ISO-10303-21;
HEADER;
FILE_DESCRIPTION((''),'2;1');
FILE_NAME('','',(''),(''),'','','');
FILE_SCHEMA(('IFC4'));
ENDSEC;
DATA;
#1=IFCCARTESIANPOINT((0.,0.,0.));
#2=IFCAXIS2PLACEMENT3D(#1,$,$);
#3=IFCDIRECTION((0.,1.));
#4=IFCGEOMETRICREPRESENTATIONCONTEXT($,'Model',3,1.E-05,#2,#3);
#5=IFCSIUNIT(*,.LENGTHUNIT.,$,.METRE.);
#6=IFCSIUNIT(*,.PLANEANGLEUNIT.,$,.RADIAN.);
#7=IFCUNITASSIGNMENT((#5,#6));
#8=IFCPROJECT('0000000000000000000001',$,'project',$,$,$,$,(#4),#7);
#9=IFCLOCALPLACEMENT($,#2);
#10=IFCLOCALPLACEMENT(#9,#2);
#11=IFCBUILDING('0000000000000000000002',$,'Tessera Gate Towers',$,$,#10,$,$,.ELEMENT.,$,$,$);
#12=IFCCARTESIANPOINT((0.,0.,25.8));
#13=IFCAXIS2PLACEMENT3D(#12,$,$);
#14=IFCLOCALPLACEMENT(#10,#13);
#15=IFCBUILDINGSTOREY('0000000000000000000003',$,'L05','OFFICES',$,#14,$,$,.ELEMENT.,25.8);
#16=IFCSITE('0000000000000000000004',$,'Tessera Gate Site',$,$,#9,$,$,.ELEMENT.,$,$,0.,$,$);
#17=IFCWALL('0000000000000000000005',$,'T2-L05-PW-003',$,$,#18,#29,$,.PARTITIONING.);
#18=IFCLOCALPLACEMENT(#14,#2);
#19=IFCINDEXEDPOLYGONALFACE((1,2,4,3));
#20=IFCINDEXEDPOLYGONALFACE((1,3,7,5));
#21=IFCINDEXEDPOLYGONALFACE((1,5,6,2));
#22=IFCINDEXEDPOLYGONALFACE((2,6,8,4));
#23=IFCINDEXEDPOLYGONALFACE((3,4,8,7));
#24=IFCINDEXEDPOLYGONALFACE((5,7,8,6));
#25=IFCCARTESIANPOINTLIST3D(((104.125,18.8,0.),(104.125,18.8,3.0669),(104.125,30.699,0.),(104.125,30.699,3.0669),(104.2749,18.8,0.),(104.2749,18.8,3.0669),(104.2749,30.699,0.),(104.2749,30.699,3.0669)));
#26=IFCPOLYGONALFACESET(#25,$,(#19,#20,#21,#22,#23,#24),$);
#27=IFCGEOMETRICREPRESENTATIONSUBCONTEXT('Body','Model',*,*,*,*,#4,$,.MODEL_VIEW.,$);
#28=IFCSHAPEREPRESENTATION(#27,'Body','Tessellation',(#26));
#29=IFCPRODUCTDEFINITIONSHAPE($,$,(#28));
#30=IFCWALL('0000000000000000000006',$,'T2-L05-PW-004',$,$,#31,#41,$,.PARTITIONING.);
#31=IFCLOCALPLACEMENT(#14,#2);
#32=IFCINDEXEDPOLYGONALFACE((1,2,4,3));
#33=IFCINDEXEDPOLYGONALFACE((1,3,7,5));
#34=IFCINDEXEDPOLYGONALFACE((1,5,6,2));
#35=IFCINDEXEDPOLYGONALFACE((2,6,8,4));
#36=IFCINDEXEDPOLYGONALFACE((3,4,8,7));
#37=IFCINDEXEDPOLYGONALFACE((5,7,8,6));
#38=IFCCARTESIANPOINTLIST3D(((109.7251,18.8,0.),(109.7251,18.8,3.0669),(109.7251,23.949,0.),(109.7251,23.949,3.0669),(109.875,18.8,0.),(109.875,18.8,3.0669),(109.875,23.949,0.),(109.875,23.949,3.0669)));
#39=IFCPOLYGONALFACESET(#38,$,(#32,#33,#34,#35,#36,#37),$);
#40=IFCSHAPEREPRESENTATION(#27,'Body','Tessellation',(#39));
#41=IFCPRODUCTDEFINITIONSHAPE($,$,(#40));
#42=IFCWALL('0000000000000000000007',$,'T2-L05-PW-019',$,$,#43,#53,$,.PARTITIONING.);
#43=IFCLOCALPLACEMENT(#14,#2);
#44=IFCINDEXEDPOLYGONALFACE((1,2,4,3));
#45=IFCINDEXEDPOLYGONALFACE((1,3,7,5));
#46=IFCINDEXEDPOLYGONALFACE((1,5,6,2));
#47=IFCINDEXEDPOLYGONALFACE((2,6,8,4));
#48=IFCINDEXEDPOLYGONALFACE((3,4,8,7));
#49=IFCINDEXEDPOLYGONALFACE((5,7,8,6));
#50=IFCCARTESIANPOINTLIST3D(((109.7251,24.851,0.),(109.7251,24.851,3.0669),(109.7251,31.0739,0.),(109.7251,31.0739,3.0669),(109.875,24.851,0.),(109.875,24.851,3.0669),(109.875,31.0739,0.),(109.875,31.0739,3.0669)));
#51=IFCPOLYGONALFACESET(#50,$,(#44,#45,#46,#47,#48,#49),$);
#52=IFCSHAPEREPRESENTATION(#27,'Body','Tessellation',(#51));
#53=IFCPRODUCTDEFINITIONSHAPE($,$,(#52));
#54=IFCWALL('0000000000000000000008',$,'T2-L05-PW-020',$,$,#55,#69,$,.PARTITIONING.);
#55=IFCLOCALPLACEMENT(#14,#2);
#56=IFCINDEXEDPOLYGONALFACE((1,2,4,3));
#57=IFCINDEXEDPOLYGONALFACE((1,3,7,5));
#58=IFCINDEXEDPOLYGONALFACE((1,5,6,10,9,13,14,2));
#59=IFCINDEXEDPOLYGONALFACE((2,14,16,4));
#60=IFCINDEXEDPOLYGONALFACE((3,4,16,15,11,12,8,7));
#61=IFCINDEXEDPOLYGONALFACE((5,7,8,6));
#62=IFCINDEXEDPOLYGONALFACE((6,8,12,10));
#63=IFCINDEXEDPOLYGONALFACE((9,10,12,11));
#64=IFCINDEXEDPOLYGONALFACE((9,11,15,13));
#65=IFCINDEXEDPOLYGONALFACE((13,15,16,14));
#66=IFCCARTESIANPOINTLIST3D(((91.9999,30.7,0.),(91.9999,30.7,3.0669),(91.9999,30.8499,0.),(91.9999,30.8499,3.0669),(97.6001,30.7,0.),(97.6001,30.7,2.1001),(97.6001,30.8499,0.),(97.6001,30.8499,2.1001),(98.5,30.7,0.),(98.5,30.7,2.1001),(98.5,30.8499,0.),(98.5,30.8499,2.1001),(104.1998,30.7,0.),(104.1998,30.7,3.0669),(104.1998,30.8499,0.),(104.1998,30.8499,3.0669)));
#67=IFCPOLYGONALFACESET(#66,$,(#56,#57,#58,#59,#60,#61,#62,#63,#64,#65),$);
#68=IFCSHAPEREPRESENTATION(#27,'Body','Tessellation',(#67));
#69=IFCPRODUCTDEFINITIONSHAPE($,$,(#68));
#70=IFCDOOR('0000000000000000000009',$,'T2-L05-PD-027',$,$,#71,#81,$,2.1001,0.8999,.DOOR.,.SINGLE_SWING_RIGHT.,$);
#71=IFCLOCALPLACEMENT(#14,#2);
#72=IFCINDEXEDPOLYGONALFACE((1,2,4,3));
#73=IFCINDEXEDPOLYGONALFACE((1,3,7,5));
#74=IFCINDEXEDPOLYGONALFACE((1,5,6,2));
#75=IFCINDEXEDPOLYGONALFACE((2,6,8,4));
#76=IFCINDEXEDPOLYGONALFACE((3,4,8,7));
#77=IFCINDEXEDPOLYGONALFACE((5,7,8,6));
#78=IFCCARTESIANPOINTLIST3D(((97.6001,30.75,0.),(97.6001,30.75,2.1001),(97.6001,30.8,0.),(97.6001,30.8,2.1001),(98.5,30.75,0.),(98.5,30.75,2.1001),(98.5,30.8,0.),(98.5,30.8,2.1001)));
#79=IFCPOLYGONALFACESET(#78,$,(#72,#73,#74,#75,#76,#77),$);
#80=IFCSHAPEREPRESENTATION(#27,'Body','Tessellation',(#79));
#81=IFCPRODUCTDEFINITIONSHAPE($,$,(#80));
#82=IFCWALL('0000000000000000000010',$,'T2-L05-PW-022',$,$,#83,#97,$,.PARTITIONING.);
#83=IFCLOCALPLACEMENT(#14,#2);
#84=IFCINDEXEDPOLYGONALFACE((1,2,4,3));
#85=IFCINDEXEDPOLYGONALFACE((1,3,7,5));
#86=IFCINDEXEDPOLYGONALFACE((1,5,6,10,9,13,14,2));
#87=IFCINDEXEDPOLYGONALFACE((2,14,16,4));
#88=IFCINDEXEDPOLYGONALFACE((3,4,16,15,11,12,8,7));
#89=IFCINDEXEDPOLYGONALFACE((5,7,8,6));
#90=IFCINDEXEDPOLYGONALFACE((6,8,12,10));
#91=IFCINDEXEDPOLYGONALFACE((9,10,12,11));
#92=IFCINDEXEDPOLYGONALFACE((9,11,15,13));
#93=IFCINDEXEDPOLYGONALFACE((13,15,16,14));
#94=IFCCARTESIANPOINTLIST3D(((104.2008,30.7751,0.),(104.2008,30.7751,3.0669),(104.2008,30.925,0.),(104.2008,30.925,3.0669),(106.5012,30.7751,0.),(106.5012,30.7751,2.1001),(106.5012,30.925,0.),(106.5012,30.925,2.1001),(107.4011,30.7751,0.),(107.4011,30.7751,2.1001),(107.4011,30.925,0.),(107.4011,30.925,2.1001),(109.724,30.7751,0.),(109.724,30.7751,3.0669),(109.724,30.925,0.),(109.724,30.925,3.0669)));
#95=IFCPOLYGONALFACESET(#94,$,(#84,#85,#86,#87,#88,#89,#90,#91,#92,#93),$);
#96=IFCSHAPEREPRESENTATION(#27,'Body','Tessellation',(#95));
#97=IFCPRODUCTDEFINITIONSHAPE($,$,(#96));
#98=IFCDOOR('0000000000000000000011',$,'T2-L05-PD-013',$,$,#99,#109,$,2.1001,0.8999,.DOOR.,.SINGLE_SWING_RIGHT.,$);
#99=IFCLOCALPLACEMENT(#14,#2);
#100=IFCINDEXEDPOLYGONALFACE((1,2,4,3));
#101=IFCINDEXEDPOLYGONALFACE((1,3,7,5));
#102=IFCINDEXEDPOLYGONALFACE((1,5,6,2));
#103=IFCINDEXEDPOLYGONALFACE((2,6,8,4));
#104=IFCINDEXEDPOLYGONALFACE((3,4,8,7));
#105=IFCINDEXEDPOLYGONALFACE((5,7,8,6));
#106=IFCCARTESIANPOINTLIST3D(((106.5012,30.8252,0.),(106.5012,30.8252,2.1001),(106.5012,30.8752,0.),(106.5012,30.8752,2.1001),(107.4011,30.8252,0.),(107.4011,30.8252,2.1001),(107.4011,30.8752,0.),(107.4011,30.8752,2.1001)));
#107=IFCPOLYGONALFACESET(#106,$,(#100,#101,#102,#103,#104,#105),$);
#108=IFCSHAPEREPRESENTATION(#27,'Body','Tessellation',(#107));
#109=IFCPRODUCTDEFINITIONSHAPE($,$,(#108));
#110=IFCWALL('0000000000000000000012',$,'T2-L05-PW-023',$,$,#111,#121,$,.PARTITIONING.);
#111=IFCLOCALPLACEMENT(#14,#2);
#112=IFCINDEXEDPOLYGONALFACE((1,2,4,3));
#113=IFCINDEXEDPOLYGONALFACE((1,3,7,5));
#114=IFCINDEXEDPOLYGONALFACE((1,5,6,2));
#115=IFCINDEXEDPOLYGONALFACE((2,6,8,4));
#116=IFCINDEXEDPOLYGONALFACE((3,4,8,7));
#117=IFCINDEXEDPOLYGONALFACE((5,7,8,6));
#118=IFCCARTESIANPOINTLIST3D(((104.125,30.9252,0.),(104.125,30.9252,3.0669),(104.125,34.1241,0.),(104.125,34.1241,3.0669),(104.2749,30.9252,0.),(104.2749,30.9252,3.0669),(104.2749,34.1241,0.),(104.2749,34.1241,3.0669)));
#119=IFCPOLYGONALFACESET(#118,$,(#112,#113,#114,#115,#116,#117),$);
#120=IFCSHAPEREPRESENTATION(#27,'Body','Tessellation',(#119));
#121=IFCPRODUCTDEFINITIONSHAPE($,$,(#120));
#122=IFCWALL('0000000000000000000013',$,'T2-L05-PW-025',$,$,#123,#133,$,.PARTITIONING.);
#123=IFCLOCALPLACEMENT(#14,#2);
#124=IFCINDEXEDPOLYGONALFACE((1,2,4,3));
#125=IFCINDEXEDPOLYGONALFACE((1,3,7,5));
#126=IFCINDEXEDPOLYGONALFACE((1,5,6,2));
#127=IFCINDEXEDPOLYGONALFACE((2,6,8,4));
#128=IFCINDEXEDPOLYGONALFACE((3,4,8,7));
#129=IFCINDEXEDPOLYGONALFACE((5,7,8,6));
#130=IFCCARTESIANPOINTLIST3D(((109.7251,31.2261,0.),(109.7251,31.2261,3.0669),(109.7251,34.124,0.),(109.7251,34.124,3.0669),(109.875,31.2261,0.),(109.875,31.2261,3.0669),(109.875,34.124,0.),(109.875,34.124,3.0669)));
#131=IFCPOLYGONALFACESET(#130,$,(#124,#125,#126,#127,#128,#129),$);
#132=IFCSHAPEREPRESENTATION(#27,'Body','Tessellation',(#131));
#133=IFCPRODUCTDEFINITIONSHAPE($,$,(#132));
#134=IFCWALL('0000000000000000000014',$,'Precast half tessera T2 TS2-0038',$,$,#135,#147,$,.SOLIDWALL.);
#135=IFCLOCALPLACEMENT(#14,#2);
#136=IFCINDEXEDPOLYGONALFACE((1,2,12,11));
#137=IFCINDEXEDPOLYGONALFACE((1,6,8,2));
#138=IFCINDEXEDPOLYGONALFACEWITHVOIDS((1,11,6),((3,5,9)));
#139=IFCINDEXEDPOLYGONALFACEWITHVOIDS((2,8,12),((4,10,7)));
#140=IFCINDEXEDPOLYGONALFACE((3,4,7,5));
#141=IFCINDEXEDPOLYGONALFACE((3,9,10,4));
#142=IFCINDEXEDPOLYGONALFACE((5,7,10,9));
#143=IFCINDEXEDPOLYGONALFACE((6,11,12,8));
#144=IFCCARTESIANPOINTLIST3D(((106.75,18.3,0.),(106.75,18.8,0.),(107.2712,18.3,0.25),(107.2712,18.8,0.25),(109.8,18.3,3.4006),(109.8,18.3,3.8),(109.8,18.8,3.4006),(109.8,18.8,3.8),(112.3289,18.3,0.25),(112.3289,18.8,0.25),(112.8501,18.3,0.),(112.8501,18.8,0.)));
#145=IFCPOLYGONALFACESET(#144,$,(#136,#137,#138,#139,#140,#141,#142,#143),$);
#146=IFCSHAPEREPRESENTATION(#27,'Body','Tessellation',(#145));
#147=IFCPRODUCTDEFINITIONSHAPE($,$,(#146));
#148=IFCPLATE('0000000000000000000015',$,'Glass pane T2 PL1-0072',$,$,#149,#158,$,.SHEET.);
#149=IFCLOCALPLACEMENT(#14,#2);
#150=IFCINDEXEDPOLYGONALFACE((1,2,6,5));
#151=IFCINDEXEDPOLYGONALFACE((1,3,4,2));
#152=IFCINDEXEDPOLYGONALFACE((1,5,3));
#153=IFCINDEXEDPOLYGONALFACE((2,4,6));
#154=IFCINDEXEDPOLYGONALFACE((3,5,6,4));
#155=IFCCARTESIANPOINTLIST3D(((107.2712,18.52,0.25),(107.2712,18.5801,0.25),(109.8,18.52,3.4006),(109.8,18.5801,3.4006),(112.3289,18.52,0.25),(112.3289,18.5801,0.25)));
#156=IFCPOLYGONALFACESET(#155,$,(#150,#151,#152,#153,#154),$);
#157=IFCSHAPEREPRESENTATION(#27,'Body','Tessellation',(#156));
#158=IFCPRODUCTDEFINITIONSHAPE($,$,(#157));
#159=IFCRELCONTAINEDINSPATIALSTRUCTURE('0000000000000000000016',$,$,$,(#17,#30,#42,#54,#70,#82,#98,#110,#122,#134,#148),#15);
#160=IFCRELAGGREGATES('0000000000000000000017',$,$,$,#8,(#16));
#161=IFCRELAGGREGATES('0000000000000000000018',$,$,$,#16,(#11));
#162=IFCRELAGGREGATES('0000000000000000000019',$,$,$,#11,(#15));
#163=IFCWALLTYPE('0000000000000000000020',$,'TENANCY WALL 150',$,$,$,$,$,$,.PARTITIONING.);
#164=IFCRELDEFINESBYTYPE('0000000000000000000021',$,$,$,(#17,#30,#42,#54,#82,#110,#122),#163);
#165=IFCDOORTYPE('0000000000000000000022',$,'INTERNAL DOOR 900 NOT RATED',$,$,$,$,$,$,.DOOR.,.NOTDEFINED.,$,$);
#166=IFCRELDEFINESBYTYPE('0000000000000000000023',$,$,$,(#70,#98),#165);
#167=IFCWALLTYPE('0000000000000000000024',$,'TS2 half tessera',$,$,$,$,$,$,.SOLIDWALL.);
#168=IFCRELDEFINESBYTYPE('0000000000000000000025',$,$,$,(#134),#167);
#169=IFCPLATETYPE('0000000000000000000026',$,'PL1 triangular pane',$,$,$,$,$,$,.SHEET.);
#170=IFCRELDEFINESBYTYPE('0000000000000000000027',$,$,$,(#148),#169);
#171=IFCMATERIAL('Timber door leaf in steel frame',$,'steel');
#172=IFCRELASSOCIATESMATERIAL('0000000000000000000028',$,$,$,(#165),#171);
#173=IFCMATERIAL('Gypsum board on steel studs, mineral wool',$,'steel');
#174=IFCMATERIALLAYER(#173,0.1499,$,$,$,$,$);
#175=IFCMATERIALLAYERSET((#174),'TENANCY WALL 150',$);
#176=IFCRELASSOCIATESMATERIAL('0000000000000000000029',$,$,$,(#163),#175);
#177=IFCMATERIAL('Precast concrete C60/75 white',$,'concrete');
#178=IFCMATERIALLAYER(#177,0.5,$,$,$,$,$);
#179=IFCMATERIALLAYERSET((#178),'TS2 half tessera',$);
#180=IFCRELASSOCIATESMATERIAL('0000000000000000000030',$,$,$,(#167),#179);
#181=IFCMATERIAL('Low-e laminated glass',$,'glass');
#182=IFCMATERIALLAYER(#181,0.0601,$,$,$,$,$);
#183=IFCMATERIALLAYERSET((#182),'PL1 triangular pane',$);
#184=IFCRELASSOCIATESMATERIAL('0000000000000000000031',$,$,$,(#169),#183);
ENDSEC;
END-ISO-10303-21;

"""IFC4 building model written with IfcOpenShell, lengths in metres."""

from ifc_helpers import new_model, si_unit, direction, frame, frame_2d, origin, place, context, subcontext, project, spatial, polyline, rectangle, outline, extrude, source, transform, mapped, material, layer, layer_set, type_object, element, fill, save


model = new_model("IFC4")

# Units and contexts
model_context = context("Model", 3, precision=1e-05, world=origin(), true_north=direction((0.0, 1.0)))
body_context = subcontext(model_context, "Body", "Model", "MODEL_VIEW")
ifc_project = project(units=[si_unit("LENGTHUNIT", "METRE"), si_unit("PLANEANGLEUNIT", "RADIAN")], contexts=[model_context])

# Site, building, storey
site_placement = place(None, origin())
site = spatial("IfcSite", under=ifc_project, at=site_placement, Name="Tessera Gate Site", CompositionType="ELEMENT", RefElevation=0.0)
building_placement = place(site_placement, origin())
building = spatial("IfcBuilding", under=site, at=building_placement, Name="Tessera Gate Towers", CompositionType="ELEMENT")
storey_placement = place(building_placement, frame((0.0, 0.0, 25.8)))
storey = spatial("IfcBuildingStorey", under=building, at=storey_placement, Name="L05", Description="OFFICES", CompositionType="ELEMENT", Elevation=25.8)

# Shared definitions
ifc_material_1 = material(Name="Timber door leaf in steel frame", Category="steel")
door_type = type_object("IfcDoorType", Name="INTERNAL DOOR 900 NOT RATED", OperationType="NOTDEFINED", PredefinedType="DOOR", material=ifc_material_1)
shared_shape_1 = source(origin(), body_context, "Body", "SweptSolid", [
    extrude(rectangle(XDim=0.8999, YDim=2.1001, at=frame_2d((0.45, 1.05))), frame((0.0, 0.0249, 0.0), z_axis=(0.0, -1.0, 0.0), x_axis=(1.0, 0.0, 0.0)), (0.0, 0.0, 1.0), 0.05),
])

# Walls
ifc_material_2 = material(Name="Gypsum board on steel studs, mineral wool", Category="steel")
ifc_layer_1 = layer(ifc_material_2, 0.1499)
ifc_layer_set_1 = layer_set([ifc_layer_1], Name="TENANCY WALL 150")
wall_type_1 = type_object("IfcWallType", Name="TENANCY WALL 150", PredefinedType="PARTITIONING", material=ifc_layer_set_1)
wall_1_placement = place(storey_placement, frame((104.2, 18.8, 0.0), z_axis=(0.0, 0.0, 1.0), x_axis=(0.0, 1.0, 0.0)))
element("IfcWall", 1, at=wall_1_placement, inside=storey, type_object=wall_type_1, Name="T2-L05-PW-003", PredefinedType="PARTITIONING", context=body_context, shape_type="SweptSolid", body=[
    extrude(rectangle(XDim=11.8989, YDim=0.1499, at=frame_2d((5.9495, 0.0))), origin(), (0.0, 0.0, 1.0), 3.0669),
])
wall_2_placement = place(storey_placement, frame((109.8, 18.8, 0.0), z_axis=(0.0, 0.0, 1.0), x_axis=(0.0, 1.0, 0.0)))
element("IfcWall", 2, at=wall_2_placement, inside=storey, type_object=wall_type_1, Name="T2-L05-PW-004", PredefinedType="PARTITIONING", context=body_context, shape_type="SweptSolid", body=[
    extrude(rectangle(XDim=5.1489, YDim=0.1499, at=frame_2d((2.5745, 0.0))), origin(), (0.0, 0.0, 1.0), 3.0669),
])
wall_3_placement = place(storey_placement, frame((109.8, 24.8511, 0.0), z_axis=(0.0, 0.0, 1.0), x_axis=(0.0, 1.0, 0.0)))
element("IfcWall", 3, at=wall_3_placement, inside=storey, type_object=wall_type_1, Name="T2-L05-PW-019", PredefinedType="PARTITIONING", context=body_context, shape_type="SweptSolid", body=[
    extrude(rectangle(XDim=6.2229, YDim=0.1499, at=frame_2d((3.1113, 0.0))), origin(), (0.0, 0.0, 1.0), 3.0669),
])

# Walls, openings, doors
wall_4_placement = place(storey_placement, frame((104.2, 30.7749, 0.0), z_axis=(0.0, 0.0, 1.0), x_axis=(-1.0, 0.0, 0.0)))
wall_4 = element("IfcWall", 4, at=wall_4_placement, inside=storey, type_object=wall_type_1, Name="T2-L05-PW-020", PredefinedType="PARTITIONING", context=body_context, shape_type="SweptSolid", body=[
    extrude(rectangle(XDim=12.2, YDim=0.1499, at=frame_2d((6.1001, 0.0))), origin(), (0.0, 0.0, 1.0), 3.0669),
])
shared_shape_2 = source(origin(), body_context, "Body", "SweptSolid", [
    extrude(rectangle(XDim=0.8999, YDim=2.1001, at=frame_2d((0.45, 1.05))), frame((0.0, 0.085, 0.0), z_axis=(0.0, -1.0, 0.0), x_axis=(1.0, 0.0, 0.0)), (0.0, 0.0, 1.0), 0.1699),
])
opening_1_placement = place(wall_4_placement, frame((5.7, 0.0, 0.0)))
opening_1 = element("IfcOpeningElement", 5, at=opening_1_placement, cuts=wall_4, PredefinedType="OPENING", context=body_context, shape_type="MappedRepresentation", body=[
    mapped(shared_shape_2, transform((0.0, 0.0, 0.0), scale=1.0)),
])
door_1_placement = place(opening_1_placement, origin())
door_1 = element("IfcDoor", 6, at=door_1_placement, inside=storey, type_object=door_type, Name="T2-L05-PD-027", OperationType="SINGLE_SWING_RIGHT", OverallHeight=2.1001, OverallWidth=0.8999, PredefinedType="DOOR", context=body_context, shape_type="MappedRepresentation", body=[
    mapped(shared_shape_1, transform((0.0, 0.0, 0.0), scale=1.0)),
])
fill(opening_1, door_1)
wall_5_placement = place(storey_placement, frame((109.7241, 30.8501, 0.0), z_axis=(0.0, 0.0, 1.0), x_axis=(-1.0, 0.0, 0.0)))
wall_5 = element("IfcWall", 7, at=wall_5_placement, inside=storey, type_object=wall_type_1, Name="T2-L05-PW-022", PredefinedType="PARTITIONING", context=body_context, shape_type="SweptSolid", body=[
    extrude(rectangle(XDim=5.5232, YDim=0.1499, at=frame_2d((2.7617, 0.0))), origin(), (0.0, 0.0, 1.0), 3.0669),
])
opening_2_placement = place(wall_5_placement, frame((2.323, 0.0, 0.0)))
opening_2 = element("IfcOpeningElement", 8, at=opening_2_placement, cuts=wall_5, PredefinedType="OPENING", context=body_context, shape_type="MappedRepresentation", body=[
    mapped(shared_shape_2, transform((0.0, 0.0, 0.0), scale=1.0)),
])
door_2_placement = place(opening_2_placement, origin())
door_2 = element("IfcDoor", 9, at=door_2_placement, inside=storey, type_object=door_type, Name="T2-L05-PD-013", OperationType="SINGLE_SWING_RIGHT", OverallHeight=2.1001, OverallWidth=0.8999, PredefinedType="DOOR", context=body_context, shape_type="MappedRepresentation", body=[
    mapped(shared_shape_1, transform((0.0, 0.0, 0.0), scale=1.0)),
])
fill(opening_2, door_2)

# Walls
wall_6_placement = place(storey_placement, frame((104.2, 30.925, 0.0), z_axis=(0.0, 0.0, 1.0), x_axis=(0.0, 1.0, 0.0)))
element("IfcWall", 10, at=wall_6_placement, inside=storey, type_object=wall_type_1, Name="T2-L05-PW-023", PredefinedType="PARTITIONING", context=body_context, shape_type="SweptSolid", body=[
    extrude(rectangle(XDim=3.199, YDim=0.1499, at=frame_2d((1.5996, 0.0))), origin(), (0.0, 0.0, 1.0), 3.0669),
])
wall_7_placement = place(storey_placement, frame((109.8, 31.2261, 0.0), z_axis=(0.0, 0.0, 1.0), x_axis=(0.0, 1.0, 0.0)))
element("IfcWall", 11, at=wall_7_placement, inside=storey, type_object=wall_type_1, Name="T2-L05-PW-025", PredefinedType="PARTITIONING", context=body_context, shape_type="SweptSolid", body=[
    extrude(rectangle(XDim=2.8979, YDim=0.1499, at=frame_2d((1.449, 0.0))), origin(), (0.0, 0.0, 1.0), 3.0669),
])

# Wall, opening, plate
ifc_material_3 = material(Name="Precast concrete C60/75 white", Category="concrete")
ifc_layer_2 = layer(ifc_material_3, 0.5)
ifc_layer_set_2 = layer_set([ifc_layer_2], Name="TS2 half tessera")
wall_type_2 = type_object("IfcWallType", Name="TS2 half tessera", PredefinedType="SOLIDWALL", material=ifc_layer_set_2)
shared_shape_3 = source(origin(), body_context, "Body", "SweptSolid", [
    extrude(outline(polyline([(6.1001, 0.0), (3.05, 3.8), (0.0, 0.0), (6.1001, 0.0)])), frame((0.0, 0.25, 0.0), z_axis=(0.0, -1.0, 0.0), x_axis=(1.0, 0.0, 0.0)), (0.0, 0.0, 1.0), 0.5),
])
wall_8_placement = place(storey_placement, frame((106.75, 18.55, 0.0), z_axis=(0.0, 0.0, 1.0), x_axis=(1.0, 0.0, 0.0)))
wall_8 = element("IfcWall", 12, at=wall_8_placement, inside=storey, type_object=wall_type_2, Name="Precast half tessera T2 TS2-0038", PredefinedType="SOLIDWALL", context=body_context, shape_type="MappedRepresentation", body=[
    mapped(shared_shape_3, transform((0.0, 0.0, 0.0), scale=1.0)),
])
shared_shape_4 = source(origin(), body_context, "Body", "SweptSolid", [
    extrude(outline(polyline([(5.5789, 0.25), (3.05, 3.4006), (0.5212, 0.25), (5.5789, 0.25)])), frame((0.0, 0.26, 0.0), z_axis=(0.0, -1.0, 0.0), x_axis=(1.0, 0.0, 0.0)), (0.0, 0.0, 1.0), 0.52),
])
opening_3_placement = place(wall_8_placement, origin())
opening_3 = element("IfcOpeningElement", 13, at=opening_3_placement, cuts=wall_8, PredefinedType="OPENING", context=body_context, shape_type="MappedRepresentation", body=[
    mapped(shared_shape_4, transform((0.0, 0.0, 0.0), scale=1.0)),
])
ifc_material_4 = material(Name="Low-e laminated glass", Category="glass")
ifc_layer_3 = layer(ifc_material_4, 0.0601)
ifc_layer_set_3 = layer_set([ifc_layer_3], Name="PL1 triangular pane")
plate_type = type_object("IfcPlateType", Name="PL1 triangular pane", PredefinedType="SHEET", material=ifc_layer_set_3)
shared_shape_5 = source(origin(), body_context, "Body", "SweptSolid", [
    extrude(outline(polyline([(5.5789, 0.25), (3.05, 3.4006), (0.5212, 0.25), (5.5789, 0.25)])), frame((0.0, 0.03, 0.0), z_axis=(0.0, -1.0, 0.0), x_axis=(1.0, 0.0, 0.0)), (0.0, 0.0, 1.0), 0.0601),
])
plate_placement = place(opening_3_placement, origin())
plate = element("IfcPlate", 14, at=plate_placement, inside=storey, type_object=plate_type, Name="Glass pane T2 PL1-0072", PredefinedType="SHEET", context=body_context, shape_type="MappedRepresentation", body=[
    mapped(shared_shape_5, transform((0.0, 0.0, 0.0), scale=1.0)),
])
fill(opening_3, plate)

save(model, "model.ifc")
